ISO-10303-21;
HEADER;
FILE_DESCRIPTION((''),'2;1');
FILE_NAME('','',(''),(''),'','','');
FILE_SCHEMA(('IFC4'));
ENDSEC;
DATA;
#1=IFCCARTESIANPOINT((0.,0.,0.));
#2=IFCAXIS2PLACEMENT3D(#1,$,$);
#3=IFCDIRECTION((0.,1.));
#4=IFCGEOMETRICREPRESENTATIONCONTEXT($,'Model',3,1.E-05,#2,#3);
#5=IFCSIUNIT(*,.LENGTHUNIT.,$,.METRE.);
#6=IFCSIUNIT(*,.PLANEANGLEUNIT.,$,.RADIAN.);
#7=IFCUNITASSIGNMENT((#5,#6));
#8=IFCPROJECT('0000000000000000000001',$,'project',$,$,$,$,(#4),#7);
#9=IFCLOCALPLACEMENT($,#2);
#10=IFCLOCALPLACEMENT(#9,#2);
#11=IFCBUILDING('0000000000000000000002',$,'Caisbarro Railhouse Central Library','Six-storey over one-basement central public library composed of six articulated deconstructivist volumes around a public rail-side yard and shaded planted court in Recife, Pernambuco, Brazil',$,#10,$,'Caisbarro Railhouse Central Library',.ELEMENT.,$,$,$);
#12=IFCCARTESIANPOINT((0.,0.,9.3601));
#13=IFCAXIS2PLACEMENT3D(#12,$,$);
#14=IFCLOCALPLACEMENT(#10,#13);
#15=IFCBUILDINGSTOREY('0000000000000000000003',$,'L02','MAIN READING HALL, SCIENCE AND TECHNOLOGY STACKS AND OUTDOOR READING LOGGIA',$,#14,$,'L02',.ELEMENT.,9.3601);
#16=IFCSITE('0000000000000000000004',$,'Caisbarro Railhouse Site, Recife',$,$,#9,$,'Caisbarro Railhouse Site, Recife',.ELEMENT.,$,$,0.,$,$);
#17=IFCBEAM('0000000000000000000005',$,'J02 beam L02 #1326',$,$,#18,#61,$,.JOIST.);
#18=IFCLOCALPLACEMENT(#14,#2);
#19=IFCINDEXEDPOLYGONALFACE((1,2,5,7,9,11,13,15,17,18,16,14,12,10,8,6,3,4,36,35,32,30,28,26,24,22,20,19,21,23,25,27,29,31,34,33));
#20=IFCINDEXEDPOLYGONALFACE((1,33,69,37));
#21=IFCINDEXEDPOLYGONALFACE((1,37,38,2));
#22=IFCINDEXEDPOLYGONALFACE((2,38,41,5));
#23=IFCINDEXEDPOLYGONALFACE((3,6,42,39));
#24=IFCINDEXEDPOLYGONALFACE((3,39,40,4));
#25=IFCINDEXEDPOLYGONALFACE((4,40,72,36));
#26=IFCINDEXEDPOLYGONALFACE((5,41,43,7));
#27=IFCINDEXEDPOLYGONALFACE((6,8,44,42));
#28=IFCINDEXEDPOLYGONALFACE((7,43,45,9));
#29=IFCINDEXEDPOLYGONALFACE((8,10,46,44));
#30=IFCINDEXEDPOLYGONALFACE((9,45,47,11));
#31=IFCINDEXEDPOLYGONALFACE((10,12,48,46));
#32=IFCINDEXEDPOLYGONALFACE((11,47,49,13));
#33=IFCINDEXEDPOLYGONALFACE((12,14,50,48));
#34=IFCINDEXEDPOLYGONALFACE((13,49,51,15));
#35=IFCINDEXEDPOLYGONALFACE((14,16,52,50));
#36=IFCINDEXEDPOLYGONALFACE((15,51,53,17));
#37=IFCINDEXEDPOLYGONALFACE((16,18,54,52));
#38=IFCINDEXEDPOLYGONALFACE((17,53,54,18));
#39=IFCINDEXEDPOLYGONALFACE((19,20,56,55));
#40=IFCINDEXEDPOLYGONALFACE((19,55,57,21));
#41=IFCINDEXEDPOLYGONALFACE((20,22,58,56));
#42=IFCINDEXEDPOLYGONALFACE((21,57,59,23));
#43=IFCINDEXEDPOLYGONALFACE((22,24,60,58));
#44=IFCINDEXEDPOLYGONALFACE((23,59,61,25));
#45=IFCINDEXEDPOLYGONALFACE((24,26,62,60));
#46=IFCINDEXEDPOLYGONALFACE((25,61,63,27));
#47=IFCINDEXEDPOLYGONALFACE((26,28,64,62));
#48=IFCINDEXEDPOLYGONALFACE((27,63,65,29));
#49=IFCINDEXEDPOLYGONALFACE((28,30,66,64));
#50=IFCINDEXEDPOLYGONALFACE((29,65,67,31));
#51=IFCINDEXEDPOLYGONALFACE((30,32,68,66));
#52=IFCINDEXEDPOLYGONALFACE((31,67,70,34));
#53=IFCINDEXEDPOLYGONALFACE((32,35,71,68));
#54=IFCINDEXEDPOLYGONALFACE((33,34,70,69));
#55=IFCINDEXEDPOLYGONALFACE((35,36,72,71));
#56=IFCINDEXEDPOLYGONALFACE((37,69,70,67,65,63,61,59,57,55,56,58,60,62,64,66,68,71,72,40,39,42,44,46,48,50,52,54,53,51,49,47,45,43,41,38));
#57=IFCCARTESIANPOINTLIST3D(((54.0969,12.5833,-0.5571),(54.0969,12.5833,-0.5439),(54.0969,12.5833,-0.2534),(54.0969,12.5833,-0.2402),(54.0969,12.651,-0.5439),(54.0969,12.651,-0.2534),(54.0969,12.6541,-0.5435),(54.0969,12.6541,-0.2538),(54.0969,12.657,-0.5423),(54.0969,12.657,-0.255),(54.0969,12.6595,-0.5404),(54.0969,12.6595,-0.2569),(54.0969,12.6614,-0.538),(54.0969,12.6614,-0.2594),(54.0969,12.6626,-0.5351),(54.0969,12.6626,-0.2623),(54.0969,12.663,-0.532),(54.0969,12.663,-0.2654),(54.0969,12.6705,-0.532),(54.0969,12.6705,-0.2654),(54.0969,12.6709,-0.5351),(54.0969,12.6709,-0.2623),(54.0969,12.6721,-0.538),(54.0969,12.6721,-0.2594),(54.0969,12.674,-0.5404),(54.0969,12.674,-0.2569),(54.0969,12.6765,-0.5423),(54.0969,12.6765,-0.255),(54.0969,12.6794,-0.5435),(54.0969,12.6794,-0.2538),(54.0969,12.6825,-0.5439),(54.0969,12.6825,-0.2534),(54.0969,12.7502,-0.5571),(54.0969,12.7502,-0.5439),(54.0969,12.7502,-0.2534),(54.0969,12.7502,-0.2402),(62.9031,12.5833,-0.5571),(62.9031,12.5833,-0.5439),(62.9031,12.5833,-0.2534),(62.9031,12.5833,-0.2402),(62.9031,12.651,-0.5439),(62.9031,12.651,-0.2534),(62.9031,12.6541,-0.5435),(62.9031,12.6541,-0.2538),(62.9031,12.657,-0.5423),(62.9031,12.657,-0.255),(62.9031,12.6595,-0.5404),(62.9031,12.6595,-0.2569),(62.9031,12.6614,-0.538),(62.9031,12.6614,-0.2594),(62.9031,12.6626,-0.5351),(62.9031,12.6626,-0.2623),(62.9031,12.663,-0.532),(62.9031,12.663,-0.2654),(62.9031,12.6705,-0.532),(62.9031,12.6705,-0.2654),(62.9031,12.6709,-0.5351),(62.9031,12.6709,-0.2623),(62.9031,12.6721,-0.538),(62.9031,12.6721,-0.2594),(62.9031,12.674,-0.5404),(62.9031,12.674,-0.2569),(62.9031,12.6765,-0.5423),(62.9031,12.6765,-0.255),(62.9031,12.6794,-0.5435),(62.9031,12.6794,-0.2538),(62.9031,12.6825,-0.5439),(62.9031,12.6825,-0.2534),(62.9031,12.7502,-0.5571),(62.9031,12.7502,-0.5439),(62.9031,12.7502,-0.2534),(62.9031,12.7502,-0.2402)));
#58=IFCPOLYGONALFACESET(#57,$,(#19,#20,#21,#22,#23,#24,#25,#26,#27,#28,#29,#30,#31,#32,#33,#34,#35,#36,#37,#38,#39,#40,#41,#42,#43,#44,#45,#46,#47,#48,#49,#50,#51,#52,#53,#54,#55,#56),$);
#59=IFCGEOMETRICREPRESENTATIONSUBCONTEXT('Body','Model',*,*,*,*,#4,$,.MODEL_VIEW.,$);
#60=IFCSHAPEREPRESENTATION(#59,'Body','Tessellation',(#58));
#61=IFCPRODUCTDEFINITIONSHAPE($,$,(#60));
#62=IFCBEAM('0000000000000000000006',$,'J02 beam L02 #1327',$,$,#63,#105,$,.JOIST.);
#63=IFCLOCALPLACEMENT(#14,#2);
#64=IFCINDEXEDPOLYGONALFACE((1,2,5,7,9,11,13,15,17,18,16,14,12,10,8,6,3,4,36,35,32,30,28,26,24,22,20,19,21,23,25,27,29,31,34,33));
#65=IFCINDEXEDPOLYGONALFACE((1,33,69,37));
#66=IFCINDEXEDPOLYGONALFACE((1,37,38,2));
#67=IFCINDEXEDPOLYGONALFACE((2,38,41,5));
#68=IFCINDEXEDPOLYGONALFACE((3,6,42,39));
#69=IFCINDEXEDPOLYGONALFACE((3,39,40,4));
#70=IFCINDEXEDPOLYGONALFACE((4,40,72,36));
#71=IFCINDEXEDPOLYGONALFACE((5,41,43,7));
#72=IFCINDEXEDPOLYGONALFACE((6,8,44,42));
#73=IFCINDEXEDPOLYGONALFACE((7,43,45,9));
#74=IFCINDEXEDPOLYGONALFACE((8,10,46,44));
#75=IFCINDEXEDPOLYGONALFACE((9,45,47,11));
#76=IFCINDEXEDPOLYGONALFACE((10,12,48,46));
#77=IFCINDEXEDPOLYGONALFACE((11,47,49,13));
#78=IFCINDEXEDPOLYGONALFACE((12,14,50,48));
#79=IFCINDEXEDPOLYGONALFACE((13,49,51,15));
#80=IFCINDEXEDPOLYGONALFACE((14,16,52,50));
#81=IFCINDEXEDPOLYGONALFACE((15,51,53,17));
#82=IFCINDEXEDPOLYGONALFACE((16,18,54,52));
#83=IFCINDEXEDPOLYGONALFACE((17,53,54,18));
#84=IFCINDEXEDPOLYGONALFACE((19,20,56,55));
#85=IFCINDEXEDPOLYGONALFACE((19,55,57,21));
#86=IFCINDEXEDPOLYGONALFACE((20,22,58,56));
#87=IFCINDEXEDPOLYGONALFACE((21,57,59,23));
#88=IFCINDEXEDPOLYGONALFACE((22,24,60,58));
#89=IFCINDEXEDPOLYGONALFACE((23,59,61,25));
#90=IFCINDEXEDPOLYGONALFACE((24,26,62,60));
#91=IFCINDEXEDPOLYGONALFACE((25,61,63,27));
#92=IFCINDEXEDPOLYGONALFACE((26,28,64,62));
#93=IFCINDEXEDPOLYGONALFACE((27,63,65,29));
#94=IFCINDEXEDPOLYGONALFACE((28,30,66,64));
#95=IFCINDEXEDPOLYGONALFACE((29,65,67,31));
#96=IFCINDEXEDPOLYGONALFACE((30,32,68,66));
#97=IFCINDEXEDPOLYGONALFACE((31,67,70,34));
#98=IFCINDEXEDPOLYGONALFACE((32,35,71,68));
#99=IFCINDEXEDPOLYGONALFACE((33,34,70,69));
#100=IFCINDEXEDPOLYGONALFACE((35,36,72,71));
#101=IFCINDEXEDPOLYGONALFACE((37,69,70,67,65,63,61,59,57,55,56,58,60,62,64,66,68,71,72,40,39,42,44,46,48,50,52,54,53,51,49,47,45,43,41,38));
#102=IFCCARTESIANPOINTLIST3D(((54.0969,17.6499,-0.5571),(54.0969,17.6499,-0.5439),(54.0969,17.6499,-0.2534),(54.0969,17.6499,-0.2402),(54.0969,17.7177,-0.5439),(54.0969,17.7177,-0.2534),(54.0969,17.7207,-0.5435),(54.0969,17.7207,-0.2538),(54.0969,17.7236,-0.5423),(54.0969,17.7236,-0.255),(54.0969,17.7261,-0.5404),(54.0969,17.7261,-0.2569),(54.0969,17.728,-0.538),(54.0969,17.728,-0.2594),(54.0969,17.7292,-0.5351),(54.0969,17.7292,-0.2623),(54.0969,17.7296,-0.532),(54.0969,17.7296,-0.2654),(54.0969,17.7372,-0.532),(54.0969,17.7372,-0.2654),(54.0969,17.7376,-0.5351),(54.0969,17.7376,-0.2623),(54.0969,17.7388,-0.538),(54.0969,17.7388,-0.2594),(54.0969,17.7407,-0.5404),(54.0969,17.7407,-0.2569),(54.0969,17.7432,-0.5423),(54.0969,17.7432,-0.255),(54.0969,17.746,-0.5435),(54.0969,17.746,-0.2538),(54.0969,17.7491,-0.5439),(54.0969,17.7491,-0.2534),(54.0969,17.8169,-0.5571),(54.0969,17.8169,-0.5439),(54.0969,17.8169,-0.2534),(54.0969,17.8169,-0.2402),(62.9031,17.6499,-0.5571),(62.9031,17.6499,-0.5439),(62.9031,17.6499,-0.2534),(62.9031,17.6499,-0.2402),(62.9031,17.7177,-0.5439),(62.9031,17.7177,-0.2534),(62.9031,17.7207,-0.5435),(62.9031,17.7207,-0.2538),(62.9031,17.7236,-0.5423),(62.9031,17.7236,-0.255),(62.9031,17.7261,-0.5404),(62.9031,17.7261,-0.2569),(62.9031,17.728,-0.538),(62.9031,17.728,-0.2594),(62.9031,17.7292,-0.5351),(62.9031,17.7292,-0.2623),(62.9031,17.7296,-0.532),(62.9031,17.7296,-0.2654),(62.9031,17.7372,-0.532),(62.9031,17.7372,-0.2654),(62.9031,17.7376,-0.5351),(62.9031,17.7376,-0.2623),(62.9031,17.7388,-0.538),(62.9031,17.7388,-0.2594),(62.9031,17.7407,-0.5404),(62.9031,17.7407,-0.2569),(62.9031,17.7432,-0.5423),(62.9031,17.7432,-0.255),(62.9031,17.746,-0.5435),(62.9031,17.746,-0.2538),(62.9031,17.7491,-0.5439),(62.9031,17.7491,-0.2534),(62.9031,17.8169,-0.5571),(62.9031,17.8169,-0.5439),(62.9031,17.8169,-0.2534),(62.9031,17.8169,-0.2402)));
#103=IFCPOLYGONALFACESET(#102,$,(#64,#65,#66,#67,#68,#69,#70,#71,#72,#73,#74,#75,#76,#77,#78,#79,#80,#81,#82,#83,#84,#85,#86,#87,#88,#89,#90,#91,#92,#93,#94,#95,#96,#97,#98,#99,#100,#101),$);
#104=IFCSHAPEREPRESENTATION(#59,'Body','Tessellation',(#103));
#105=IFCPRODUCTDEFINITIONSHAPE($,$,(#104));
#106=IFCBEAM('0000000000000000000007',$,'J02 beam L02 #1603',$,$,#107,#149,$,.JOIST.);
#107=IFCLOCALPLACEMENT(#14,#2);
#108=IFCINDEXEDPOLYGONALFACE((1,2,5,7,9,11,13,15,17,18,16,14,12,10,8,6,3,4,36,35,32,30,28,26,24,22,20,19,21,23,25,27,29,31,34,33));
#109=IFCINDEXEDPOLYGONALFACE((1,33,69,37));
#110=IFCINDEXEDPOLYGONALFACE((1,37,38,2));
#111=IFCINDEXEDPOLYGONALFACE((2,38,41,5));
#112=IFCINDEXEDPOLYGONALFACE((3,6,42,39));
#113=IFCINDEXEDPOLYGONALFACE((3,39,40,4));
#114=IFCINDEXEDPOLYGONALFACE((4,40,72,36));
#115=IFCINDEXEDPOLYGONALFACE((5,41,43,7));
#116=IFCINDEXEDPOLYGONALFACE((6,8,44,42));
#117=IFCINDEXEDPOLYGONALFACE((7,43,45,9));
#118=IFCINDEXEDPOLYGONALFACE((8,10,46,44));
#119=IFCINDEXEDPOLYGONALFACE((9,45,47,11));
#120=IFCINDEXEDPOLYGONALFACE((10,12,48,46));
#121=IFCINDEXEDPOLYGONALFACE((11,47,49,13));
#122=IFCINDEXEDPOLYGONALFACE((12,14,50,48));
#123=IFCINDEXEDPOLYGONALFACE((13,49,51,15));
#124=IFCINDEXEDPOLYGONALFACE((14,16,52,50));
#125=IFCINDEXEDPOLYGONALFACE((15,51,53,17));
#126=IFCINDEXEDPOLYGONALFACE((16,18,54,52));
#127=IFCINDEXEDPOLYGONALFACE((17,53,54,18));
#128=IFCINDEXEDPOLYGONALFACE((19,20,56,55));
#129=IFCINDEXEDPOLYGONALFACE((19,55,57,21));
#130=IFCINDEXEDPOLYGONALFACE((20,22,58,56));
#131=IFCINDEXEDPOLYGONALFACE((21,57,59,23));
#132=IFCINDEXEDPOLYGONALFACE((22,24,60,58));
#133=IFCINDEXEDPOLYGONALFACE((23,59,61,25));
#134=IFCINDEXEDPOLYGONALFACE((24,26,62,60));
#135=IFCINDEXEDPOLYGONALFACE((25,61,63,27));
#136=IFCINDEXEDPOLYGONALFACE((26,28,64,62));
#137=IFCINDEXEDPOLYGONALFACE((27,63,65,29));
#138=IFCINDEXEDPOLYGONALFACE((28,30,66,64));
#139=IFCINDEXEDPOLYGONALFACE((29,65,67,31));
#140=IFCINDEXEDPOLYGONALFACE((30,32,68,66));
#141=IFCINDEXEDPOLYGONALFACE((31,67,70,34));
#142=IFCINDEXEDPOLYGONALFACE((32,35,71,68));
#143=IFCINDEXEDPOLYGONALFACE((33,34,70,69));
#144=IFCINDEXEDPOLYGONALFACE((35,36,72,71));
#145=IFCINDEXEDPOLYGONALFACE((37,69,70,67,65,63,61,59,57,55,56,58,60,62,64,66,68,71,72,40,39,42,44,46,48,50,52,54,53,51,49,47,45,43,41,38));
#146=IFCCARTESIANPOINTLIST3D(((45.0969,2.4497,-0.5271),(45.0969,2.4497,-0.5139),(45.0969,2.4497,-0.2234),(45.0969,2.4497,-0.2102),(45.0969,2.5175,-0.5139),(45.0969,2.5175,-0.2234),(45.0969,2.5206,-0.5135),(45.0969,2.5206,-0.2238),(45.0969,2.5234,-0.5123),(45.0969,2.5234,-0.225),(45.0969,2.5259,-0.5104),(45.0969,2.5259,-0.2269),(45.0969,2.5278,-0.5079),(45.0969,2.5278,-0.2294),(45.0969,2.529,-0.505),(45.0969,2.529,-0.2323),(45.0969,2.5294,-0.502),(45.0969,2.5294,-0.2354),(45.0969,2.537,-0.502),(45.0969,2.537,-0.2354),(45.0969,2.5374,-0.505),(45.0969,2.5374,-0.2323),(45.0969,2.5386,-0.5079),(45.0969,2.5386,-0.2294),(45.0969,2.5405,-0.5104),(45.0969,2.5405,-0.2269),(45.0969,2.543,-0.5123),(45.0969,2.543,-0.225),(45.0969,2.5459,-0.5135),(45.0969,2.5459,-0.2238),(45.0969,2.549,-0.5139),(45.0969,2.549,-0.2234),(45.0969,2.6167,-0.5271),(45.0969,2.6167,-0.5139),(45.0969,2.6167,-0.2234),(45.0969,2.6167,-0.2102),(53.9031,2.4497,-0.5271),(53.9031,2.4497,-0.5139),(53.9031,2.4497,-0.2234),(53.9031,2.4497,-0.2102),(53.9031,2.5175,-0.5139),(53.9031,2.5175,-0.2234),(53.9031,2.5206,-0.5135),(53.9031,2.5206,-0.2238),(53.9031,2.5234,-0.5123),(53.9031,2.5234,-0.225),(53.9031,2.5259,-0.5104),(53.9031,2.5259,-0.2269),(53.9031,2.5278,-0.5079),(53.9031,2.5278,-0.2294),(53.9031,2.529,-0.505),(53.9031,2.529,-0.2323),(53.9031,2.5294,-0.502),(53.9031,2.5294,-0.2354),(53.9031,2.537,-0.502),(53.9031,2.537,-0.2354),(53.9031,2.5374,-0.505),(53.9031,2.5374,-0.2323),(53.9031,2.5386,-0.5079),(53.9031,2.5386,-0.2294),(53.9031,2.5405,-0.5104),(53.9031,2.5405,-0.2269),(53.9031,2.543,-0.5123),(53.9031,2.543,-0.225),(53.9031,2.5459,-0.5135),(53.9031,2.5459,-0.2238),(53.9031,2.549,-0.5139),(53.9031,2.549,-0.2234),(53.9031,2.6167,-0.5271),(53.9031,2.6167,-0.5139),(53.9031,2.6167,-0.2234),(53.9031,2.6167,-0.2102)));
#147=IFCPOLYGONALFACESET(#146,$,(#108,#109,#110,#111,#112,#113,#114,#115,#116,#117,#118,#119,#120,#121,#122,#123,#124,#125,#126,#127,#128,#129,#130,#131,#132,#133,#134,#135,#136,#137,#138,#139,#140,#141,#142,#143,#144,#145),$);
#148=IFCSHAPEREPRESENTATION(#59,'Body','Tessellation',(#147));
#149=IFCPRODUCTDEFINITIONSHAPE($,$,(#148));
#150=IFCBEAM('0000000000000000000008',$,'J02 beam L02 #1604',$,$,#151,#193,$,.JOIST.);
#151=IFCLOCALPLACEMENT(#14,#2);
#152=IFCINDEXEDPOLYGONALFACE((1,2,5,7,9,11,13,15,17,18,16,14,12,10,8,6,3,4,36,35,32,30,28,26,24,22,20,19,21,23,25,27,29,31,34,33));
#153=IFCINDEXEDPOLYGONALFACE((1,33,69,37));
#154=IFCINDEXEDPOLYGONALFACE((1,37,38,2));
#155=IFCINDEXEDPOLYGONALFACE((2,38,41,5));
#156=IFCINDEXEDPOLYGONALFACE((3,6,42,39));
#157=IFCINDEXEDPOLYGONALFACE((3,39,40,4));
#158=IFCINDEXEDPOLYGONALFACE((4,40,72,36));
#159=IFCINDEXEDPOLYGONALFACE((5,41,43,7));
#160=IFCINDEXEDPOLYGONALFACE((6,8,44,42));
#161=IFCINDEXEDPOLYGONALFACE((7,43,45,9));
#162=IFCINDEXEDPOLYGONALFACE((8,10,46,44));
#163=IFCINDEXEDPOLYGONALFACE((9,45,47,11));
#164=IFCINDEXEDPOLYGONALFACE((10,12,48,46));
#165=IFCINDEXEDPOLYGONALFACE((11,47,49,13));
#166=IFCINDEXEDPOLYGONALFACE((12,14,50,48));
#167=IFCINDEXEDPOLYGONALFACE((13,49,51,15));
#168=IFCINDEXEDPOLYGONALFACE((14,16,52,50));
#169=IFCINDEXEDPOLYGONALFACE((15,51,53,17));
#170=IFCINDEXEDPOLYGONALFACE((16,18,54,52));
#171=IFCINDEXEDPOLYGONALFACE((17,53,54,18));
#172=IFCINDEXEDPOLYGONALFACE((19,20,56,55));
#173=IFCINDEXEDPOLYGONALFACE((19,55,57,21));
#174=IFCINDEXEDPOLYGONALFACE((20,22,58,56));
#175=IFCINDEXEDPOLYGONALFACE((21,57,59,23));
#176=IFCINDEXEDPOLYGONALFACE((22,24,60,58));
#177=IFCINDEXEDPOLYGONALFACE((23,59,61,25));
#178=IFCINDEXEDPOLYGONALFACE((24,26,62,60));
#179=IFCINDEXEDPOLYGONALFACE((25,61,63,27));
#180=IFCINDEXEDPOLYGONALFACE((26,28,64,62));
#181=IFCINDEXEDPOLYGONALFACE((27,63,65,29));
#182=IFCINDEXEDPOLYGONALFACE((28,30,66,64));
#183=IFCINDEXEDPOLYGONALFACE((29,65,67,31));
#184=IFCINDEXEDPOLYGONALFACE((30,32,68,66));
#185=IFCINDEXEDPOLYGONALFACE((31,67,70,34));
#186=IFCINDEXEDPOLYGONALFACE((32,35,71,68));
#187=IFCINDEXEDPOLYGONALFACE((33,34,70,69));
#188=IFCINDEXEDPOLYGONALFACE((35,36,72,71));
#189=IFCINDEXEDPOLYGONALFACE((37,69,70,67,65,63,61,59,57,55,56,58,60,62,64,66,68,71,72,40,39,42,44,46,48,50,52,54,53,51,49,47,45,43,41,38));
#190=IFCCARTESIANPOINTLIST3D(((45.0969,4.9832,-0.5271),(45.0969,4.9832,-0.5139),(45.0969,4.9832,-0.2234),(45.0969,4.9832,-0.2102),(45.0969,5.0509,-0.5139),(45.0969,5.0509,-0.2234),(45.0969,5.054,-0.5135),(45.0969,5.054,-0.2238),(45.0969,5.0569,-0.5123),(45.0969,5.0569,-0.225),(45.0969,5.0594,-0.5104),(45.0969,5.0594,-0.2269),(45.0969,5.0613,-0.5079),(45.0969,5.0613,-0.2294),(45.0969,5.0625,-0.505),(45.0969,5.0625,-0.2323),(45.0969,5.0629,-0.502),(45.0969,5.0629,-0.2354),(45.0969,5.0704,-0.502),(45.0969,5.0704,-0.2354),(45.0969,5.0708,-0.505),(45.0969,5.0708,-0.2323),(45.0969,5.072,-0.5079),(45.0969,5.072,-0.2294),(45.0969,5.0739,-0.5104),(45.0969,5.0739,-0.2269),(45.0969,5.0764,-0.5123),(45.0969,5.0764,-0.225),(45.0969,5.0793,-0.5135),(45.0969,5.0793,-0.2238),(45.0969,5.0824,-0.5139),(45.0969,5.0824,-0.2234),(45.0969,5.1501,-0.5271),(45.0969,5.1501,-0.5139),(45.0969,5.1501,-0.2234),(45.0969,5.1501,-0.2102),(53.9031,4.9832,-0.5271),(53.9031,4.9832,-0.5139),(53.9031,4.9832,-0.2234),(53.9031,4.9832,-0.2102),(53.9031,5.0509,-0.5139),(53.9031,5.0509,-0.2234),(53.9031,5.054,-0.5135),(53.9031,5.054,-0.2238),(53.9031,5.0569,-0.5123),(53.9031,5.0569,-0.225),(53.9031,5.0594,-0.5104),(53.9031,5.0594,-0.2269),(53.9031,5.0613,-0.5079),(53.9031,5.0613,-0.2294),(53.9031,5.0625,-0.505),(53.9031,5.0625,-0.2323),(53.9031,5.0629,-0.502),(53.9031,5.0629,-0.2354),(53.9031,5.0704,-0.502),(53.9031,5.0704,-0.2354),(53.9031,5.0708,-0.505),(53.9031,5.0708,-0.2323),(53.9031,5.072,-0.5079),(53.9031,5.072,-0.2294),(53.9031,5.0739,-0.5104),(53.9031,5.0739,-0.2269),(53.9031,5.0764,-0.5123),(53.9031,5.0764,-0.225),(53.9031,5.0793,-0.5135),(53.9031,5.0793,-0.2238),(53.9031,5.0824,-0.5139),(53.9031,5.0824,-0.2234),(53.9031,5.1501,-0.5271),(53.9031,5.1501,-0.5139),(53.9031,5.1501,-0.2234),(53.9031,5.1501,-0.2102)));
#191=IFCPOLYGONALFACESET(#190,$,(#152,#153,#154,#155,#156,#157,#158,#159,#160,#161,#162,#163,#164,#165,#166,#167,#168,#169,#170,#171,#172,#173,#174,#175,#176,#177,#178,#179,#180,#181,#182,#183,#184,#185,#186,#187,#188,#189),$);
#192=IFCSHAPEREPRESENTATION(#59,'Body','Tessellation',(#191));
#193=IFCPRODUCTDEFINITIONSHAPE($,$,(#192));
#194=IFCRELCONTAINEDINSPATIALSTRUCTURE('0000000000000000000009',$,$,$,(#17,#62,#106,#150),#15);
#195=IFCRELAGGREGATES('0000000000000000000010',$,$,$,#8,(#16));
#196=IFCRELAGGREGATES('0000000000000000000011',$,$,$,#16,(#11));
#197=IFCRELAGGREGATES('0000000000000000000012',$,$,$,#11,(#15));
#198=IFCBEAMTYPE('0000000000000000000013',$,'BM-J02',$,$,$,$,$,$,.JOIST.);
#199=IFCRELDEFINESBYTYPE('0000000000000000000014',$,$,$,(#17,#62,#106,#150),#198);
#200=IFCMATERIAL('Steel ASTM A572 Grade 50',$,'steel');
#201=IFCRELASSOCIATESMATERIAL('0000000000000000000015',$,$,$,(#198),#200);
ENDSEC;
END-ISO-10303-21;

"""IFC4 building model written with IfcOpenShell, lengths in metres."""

from ifc_helpers import new_model, si_unit, direction, frame, origin, origin_2d, place, context, subcontext, project, spatial, i_section, extrude, material, material_profile, profile_set, type_object, element, save


model = new_model("IFC4")

# Units and contexts
model_context = context("Model", 3, precision=1e-05, world=origin(), true_north=direction((0.0, 1.0)))
body_context = subcontext(model_context, "Body", "Model", "MODEL_VIEW")
ifc_project = project(units=[si_unit("LENGTHUNIT", "METRE"), si_unit("PLANEANGLEUNIT", "RADIAN")], contexts=[model_context])

# Site, building, storey
site_placement = place(None, origin())
site = spatial("IfcSite", under=ifc_project, at=site_placement, Name="Caisbarro Railhouse Site, Recife", LongName="Caisbarro Railhouse Site, Recife", CompositionType="ELEMENT", RefElevation=0.0)
building_placement = place(site_placement, origin())
building = spatial("IfcBuilding", under=site, at=building_placement, Name="Caisbarro Railhouse Central Library", Description="Six-storey over one-basement central public library composed of six articulated deconstructivist volumes around a public rail-side yard and shaded planted court in Recife, Pernambuco, Brazil", LongName="Caisbarro Railhouse Central Library", CompositionType="ELEMENT")
storey_placement = place(building_placement, frame((0.0, 0.0, 9.3601)))
storey = spatial("IfcBuildingStorey", under=building, at=storey_placement, Name="L02", Description="MAIN READING HALL, SCIENCE AND TECHNOLOGY STACKS AND OUTDOOR READING LOGGIA", LongName="L02", CompositionType="ELEMENT", Elevation=9.3601)

# Shared definitions
ifc_material_1 = material(Name="Steel ASTM A572 Grade 50", Category="steel")

# Beams
ifc_material_profile_1 = material_profile(ifc_material_1, i_section(OverallWidth=0.167, OverallDepth=0.3169, WebThickness=0.0076, FlangeThickness=0.0132, FilletRadius=0.012, at=origin_2d()), Name="W310X52.0")
ifc_profile_set_1 = profile_set([ifc_material_profile_1], Name="Steel ASTM A572 Grade 50")
beam_type_1 = type_object("IfcBeamType", Name="BM-J02", PredefinedType="JOIST", material=ifc_profile_set_1)
for number, where, z_axis, x_axis, name in (
    (1, (54.0969, 12.6667, -0.3987), (1.0, 0.0, 0.0), (0.0, 1.0, 0.0), "J02 beam L02 #1326"),
    (2, (54.0969, 17.7334, -0.3987), (1.0, 0.0, 0.0), (0.0, 1.0, 0.0), "J02 beam L02 #1327"),
    (3, (45.0969, 2.5332, -0.3687), (1.0, 0.0, 0.0), (0.0, 1.0, 0.0), "J02 beam L02 #1603"),
    (4, (45.0969, 5.0667, -0.3687), (1.0, 0.0, 0.0), (0.0, 1.0, 0.0), "J02 beam L02 #1604"),
):
    element("IfcBeam", number, at=place(storey_placement, frame(where, z_axis=z_axis, x_axis=x_axis)), inside=storey, type_object=beam_type_1, Name=name, PredefinedType="JOIST", context=body_context, shape_type="SweptSolid", body=[
        extrude(i_section(OverallWidth=0.167, OverallDepth=0.3169, WebThickness=0.0076, FlangeThickness=0.0132, FilletRadius=0.012, at=origin_2d()), origin(), (0.0, 0.0, 1.0), 8.8062),
    ])

save(model, "model.ifc")
